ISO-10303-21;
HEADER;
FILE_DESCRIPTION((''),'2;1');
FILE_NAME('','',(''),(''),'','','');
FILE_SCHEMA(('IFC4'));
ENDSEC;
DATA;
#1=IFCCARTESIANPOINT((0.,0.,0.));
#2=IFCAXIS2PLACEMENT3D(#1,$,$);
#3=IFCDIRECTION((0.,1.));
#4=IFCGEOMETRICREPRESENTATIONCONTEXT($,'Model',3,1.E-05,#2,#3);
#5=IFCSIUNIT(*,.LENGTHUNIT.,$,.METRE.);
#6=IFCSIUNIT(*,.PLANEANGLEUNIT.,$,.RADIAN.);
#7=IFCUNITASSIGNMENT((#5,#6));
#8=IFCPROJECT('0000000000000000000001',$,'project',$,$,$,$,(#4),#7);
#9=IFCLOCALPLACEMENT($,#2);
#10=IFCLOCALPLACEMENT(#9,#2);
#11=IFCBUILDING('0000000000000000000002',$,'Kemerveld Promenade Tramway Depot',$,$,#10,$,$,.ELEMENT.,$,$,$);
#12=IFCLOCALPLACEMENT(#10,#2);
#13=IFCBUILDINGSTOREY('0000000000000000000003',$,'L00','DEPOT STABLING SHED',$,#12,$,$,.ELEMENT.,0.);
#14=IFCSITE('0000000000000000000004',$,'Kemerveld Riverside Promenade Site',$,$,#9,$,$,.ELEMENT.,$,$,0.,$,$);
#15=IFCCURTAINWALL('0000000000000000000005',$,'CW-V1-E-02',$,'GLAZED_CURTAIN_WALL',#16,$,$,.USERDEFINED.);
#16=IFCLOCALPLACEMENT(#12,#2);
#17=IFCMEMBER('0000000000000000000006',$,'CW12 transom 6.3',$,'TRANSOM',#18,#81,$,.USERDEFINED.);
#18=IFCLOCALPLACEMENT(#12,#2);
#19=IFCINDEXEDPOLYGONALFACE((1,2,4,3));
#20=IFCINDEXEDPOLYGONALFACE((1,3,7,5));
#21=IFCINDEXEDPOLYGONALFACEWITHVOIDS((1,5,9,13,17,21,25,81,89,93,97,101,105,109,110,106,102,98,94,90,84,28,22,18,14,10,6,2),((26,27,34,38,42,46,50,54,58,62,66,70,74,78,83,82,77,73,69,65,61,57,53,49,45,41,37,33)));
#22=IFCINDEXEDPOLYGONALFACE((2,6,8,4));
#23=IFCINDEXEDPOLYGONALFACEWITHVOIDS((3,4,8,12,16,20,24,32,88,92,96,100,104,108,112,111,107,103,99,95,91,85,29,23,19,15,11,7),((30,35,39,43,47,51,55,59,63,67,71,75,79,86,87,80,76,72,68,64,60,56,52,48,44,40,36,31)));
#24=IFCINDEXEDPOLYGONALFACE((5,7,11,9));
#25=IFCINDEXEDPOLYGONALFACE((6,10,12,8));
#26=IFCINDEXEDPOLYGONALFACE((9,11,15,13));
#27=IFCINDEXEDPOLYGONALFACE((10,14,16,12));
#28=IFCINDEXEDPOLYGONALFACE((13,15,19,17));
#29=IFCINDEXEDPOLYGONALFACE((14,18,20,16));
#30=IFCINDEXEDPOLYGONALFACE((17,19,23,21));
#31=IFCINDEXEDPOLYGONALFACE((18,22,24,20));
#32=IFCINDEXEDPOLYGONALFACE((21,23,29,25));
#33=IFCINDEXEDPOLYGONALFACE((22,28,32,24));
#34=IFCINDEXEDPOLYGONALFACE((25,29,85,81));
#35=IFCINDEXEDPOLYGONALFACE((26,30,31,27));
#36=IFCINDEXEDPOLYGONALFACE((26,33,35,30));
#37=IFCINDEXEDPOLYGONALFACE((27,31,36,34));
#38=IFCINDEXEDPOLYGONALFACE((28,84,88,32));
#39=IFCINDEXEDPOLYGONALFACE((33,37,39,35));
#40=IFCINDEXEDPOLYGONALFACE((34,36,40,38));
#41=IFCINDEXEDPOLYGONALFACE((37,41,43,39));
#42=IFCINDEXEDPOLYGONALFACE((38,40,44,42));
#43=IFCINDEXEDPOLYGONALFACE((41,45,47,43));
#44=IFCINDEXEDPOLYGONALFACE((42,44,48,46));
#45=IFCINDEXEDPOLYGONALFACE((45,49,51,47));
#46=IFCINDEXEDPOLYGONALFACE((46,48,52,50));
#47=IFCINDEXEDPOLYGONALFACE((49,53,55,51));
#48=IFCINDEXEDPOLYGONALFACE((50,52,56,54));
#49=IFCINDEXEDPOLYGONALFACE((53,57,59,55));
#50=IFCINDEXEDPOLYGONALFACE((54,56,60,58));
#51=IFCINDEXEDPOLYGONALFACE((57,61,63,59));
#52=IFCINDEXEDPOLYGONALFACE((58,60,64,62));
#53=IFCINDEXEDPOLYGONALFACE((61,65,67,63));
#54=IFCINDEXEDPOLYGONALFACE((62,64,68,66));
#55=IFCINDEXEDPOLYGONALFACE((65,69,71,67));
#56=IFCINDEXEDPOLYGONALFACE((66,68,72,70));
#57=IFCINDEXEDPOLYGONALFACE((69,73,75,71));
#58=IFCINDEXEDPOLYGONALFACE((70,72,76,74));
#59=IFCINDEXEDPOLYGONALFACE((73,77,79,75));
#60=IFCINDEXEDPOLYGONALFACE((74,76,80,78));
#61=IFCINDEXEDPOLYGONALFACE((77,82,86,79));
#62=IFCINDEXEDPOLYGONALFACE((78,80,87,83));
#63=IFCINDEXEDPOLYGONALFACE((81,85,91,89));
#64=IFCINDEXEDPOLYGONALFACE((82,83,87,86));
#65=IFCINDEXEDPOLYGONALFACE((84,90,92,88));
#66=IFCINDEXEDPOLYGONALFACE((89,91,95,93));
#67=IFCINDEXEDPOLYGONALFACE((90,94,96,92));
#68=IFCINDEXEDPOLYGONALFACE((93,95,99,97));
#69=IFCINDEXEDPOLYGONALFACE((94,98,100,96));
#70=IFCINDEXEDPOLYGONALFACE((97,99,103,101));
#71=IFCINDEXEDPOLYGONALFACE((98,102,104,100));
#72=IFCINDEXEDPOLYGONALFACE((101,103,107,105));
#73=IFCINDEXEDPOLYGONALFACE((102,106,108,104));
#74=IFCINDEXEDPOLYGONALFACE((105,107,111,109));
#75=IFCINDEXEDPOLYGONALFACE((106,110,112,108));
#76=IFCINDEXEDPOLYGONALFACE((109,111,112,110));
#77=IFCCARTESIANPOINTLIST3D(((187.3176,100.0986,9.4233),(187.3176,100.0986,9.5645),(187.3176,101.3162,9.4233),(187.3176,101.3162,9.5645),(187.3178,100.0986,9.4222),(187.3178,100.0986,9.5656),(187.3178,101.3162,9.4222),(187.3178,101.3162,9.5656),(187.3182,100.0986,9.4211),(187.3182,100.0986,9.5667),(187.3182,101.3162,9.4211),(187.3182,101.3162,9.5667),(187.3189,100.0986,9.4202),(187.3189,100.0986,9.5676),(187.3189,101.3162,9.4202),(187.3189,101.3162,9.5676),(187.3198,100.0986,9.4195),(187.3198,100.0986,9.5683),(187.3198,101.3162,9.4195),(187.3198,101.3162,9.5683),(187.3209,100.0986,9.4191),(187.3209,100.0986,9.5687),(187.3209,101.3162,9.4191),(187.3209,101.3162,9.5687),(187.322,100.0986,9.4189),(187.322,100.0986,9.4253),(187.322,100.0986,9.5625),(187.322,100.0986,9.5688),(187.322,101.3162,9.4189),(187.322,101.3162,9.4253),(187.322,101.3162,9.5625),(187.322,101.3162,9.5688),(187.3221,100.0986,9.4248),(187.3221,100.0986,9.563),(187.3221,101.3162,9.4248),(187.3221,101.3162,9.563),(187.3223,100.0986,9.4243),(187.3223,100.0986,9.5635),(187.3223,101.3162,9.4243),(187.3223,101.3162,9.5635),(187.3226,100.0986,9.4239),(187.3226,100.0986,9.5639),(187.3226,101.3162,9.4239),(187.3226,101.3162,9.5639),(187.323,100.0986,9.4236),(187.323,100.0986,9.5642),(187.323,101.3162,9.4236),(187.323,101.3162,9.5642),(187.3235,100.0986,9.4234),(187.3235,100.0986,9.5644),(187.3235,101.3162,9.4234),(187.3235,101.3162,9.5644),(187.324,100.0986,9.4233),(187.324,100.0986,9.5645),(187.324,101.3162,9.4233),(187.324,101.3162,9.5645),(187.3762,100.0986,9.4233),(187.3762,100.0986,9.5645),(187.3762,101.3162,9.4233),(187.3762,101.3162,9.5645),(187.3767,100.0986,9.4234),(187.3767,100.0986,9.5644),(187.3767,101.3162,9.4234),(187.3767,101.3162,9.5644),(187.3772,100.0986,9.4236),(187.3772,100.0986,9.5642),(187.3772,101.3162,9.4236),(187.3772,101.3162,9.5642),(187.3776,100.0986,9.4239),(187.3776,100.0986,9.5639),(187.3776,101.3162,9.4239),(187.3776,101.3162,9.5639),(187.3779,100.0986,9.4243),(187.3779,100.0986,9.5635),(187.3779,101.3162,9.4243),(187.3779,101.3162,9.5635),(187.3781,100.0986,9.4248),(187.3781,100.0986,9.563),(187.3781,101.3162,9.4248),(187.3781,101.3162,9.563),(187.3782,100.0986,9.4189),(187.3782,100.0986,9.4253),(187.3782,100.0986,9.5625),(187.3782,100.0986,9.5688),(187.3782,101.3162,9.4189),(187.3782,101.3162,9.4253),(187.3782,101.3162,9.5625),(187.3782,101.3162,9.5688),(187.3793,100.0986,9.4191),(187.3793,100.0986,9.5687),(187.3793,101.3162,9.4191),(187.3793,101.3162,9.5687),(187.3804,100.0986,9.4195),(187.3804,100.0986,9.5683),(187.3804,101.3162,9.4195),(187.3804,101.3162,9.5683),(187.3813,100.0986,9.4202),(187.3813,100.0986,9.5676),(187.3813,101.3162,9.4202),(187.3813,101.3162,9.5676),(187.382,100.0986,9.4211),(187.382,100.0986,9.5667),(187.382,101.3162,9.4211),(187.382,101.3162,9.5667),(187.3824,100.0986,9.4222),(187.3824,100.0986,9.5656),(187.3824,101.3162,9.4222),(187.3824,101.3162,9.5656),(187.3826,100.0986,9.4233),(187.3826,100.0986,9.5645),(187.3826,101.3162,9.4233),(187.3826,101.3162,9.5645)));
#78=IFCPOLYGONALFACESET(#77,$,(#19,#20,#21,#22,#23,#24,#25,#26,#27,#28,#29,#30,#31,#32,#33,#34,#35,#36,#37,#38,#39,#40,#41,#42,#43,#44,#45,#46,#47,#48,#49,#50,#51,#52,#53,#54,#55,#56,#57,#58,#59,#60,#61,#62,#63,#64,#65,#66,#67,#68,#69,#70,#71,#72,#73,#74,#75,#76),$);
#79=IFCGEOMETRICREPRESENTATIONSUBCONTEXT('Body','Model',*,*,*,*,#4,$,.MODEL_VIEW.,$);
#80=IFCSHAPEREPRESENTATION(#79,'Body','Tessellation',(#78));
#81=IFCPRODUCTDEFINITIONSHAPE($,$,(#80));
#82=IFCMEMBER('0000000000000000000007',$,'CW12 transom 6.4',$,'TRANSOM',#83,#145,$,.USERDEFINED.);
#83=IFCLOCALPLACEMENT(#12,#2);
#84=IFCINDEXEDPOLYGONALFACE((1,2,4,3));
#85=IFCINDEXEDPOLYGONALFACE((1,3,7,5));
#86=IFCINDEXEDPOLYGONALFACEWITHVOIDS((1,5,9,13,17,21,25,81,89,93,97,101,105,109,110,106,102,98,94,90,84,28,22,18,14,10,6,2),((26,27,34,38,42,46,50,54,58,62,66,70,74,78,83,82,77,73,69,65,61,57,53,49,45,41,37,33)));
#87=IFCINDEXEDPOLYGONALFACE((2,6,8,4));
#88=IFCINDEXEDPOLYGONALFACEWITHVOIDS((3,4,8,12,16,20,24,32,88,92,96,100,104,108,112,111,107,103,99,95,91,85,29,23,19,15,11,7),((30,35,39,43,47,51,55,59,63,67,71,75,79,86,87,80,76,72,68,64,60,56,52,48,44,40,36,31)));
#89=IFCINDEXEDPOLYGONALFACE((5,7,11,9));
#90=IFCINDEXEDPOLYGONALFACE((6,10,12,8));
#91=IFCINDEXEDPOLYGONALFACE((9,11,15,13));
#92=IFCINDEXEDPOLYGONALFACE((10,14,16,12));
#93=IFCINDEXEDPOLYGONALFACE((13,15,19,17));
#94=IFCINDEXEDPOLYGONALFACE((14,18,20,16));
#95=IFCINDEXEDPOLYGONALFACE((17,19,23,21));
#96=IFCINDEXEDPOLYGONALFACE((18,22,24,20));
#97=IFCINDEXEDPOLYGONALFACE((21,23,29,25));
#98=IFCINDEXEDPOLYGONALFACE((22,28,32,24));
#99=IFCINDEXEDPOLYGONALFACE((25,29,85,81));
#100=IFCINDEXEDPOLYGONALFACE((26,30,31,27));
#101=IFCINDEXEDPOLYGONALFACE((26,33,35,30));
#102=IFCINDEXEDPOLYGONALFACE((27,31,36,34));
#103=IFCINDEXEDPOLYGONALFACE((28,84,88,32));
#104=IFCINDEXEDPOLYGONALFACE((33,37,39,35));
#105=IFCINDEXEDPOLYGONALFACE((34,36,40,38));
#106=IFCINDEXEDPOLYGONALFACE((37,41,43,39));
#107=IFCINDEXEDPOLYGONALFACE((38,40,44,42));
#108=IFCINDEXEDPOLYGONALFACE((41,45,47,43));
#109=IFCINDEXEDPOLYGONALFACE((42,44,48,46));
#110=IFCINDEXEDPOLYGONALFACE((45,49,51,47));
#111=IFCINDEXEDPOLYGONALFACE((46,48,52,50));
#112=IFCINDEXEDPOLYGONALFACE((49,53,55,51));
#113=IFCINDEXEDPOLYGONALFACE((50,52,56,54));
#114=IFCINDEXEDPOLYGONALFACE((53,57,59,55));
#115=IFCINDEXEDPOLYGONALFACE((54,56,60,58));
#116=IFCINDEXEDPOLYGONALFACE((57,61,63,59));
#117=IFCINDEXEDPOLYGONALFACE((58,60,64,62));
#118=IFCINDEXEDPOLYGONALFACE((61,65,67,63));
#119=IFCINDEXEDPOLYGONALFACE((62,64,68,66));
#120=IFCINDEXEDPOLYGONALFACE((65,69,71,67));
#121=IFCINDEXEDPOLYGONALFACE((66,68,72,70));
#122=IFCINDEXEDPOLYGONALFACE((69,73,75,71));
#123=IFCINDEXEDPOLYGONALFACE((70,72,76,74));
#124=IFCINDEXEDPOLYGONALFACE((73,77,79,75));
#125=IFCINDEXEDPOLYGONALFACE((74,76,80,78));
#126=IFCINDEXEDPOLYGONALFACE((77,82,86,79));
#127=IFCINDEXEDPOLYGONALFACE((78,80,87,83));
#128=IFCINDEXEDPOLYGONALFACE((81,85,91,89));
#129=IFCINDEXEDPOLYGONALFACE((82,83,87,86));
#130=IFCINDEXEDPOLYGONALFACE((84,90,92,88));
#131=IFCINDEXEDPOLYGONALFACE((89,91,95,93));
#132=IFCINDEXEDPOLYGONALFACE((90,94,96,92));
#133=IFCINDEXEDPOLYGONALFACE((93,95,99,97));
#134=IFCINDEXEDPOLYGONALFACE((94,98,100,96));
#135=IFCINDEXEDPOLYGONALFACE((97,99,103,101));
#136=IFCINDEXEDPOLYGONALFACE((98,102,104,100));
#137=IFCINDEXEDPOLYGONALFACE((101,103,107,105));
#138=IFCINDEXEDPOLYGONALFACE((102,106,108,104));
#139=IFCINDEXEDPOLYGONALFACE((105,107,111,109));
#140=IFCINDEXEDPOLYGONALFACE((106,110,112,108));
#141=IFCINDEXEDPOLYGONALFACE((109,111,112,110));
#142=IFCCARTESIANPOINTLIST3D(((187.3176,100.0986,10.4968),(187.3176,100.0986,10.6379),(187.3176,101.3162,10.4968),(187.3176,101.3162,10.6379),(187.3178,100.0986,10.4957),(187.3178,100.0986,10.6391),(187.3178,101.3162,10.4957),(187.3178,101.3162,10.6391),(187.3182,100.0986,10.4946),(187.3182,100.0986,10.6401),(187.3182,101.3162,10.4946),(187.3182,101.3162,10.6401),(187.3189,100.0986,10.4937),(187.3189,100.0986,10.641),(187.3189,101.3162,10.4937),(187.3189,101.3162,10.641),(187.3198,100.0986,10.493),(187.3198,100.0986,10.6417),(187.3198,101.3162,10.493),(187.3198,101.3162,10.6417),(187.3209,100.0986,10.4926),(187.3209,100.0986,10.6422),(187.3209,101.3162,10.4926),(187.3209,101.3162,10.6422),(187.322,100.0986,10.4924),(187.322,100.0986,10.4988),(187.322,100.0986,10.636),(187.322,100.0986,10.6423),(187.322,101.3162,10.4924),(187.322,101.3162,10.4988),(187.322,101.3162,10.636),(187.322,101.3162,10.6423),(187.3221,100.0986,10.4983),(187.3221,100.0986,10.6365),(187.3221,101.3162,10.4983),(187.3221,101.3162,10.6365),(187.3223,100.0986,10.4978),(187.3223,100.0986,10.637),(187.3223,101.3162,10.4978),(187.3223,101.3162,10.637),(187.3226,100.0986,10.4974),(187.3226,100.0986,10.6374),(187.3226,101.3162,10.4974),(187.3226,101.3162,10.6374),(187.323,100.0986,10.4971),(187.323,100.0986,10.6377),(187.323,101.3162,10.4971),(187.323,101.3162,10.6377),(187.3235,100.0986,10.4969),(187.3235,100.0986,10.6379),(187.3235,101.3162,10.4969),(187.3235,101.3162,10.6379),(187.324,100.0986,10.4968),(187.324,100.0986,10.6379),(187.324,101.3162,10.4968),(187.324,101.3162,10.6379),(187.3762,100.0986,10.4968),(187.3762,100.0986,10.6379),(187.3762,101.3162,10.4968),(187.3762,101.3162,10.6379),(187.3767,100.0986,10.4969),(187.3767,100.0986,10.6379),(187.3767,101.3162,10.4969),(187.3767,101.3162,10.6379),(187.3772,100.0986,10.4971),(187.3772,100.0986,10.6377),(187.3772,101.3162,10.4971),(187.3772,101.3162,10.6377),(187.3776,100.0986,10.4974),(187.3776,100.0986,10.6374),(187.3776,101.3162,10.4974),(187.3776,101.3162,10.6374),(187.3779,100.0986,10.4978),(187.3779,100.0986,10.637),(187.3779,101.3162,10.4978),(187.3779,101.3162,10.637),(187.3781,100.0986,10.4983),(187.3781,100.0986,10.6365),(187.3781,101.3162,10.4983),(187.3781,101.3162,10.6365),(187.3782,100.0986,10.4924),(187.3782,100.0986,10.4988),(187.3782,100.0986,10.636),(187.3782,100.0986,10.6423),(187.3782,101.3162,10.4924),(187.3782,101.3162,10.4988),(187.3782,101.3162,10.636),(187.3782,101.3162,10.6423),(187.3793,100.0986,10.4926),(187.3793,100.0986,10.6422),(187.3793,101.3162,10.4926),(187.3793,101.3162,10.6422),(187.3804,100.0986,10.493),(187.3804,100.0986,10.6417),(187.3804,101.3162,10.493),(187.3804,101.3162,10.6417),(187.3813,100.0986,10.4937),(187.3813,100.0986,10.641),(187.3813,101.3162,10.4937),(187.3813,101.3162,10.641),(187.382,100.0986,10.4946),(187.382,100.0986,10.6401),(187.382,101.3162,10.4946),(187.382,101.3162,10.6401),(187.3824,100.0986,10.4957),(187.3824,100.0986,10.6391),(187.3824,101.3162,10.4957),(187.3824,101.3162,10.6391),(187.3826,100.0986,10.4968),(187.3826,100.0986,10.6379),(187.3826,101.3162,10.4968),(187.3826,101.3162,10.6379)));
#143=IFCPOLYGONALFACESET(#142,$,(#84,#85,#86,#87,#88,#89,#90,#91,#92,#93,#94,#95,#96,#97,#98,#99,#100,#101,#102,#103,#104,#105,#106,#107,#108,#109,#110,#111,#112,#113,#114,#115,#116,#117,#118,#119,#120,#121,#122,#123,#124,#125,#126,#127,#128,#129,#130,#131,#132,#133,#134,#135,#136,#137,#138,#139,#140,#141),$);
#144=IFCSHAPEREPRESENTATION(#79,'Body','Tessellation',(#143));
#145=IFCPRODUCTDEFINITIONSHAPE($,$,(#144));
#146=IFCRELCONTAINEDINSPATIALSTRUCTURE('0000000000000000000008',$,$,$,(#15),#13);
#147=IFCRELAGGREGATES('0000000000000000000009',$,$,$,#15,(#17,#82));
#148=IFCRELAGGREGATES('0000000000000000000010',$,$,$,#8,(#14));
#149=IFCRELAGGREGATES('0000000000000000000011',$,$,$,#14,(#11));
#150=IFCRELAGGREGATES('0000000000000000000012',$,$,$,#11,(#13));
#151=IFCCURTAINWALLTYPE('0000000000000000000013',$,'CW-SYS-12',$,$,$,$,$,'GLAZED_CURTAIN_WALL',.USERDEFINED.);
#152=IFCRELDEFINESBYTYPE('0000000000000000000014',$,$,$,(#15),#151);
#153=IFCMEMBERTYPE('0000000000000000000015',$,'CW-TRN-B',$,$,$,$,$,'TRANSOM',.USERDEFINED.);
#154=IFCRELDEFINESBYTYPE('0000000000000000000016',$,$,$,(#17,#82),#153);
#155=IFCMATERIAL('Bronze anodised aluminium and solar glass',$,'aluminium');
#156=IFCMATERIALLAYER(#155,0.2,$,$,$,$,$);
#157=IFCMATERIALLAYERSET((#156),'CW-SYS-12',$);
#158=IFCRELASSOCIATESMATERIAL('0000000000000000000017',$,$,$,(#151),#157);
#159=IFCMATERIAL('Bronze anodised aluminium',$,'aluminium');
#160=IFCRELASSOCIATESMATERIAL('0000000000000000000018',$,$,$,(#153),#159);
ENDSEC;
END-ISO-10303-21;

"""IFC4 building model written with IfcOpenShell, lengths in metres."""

from ifc_helpers import new_model, si_unit, direction, frame, origin, origin_2d, place, context, subcontext, project, spatial, hollow_rectangle, extrude, material, layer, layer_set, material_profile, profile_set, type_object, element, aggregate, save


model = new_model("IFC4")

# Units and contexts
model_context = context("Model", 3, precision=1e-05, world=origin(), true_north=direction((0.0, 1.0)))
body_context = subcontext(model_context, "Body", "Model", "MODEL_VIEW")
ifc_project = project(units=[si_unit("LENGTHUNIT", "METRE"), si_unit("PLANEANGLEUNIT", "RADIAN")], contexts=[model_context])

# Site, building, storey
site_placement = place(None, origin())
site = spatial("IfcSite", under=ifc_project, at=site_placement, Name="Kemerveld Riverside Promenade Site", CompositionType="ELEMENT", RefElevation=0.0)
building_placement = place(site_placement, origin())
building = spatial("IfcBuilding", under=site, at=building_placement, Name="Kemerveld Promenade Tramway Depot", CompositionType="ELEMENT")
storey_placement = place(building_placement, origin())
storey = spatial("IfcBuildingStorey", under=building, at=storey_placement, Name="L00", Description="DEPOT STABLING SHED", CompositionType="ELEMENT", Elevation=0.0)

# Curtain wall, members
ifc_material_1 = material(Name="Bronze anodised aluminium and solar glass", Category="aluminium")
ifc_layer_1 = layer(ifc_material_1, 0.2)
ifc_layer_set_1 = layer_set([ifc_layer_1], Name="CW-SYS-12")
curtain_wall_type = type_object("IfcCurtainWallType", Name="CW-SYS-12", ElementType="GLAZED_CURTAIN_WALL", PredefinedType="USERDEFINED", material=ifc_layer_set_1)
curtain_wall_placement = place(storey_placement, origin())
curtain_wall = element("IfcCurtainWall", 1, at=curtain_wall_placement, inside=storey, type_object=curtain_wall_type, Name="CW-V1-E-02", ObjectType="GLAZED_CURTAIN_WALL", PredefinedType="USERDEFINED")
ifc_material_2 = material(Name="Bronze anodised aluminium", Category="aluminium")
ifc_material_profile_1 = material_profile(ifc_material_2, hollow_rectangle(XDim=0.0649, YDim=0.1499, WallThickness=0.0044, InnerFilletRadius=0.002, OuterFilletRadius=0.0044, at=origin_2d()), Name="CW-TRN-150x65")
ifc_profile_set_1 = profile_set([ifc_material_profile_1], Name="Bronze anodised aluminium")
member_type_1 = type_object("IfcMemberType", Name="CW-TRN-B", ElementType="TRANSOM", PredefinedType="USERDEFINED", material=ifc_profile_set_1)
member_1_placement = place(storey_placement, frame((187.3501, 101.3162, 9.4939), z_axis=(0.0, -1.0, 0.0), x_axis=(1.0, 0.0, 0.0)))
member_1 = element("IfcMember", 2, at=member_1_placement, type_object=member_type_1, Name="CW12 transom 6.3", ObjectType="TRANSOM", PredefinedType="USERDEFINED", context=body_context, shape_type="SweptSolid", body=[
    extrude(hollow_rectangle(XDim=0.0649, YDim=0.1499, WallThickness=0.0044, InnerFilletRadius=0.002, OuterFilletRadius=0.0044, at=origin_2d()), origin(), (0.0, 0.0, 1.0), 1.2175),
])
member_2_placement = place(storey_placement, frame((187.3501, 101.3162, 10.5674), z_axis=(0.0, -1.0, 0.0), x_axis=(1.0, 0.0, 0.0)))
member_2 = element("IfcMember", 3, at=member_2_placement, type_object=member_type_1, Name="CW12 transom 6.4", ObjectType="TRANSOM", PredefinedType="USERDEFINED", context=body_context, shape_type="SweptSolid", body=[
    extrude(hollow_rectangle(XDim=0.0649, YDim=0.1499, WallThickness=0.0044, InnerFilletRadius=0.002, OuterFilletRadius=0.0044, at=origin_2d()), origin(), (0.0, 0.0, 1.0), 1.2175),
])

aggregate(curtain_wall, [member_1, member_2])

save(model, "model.ifc")
